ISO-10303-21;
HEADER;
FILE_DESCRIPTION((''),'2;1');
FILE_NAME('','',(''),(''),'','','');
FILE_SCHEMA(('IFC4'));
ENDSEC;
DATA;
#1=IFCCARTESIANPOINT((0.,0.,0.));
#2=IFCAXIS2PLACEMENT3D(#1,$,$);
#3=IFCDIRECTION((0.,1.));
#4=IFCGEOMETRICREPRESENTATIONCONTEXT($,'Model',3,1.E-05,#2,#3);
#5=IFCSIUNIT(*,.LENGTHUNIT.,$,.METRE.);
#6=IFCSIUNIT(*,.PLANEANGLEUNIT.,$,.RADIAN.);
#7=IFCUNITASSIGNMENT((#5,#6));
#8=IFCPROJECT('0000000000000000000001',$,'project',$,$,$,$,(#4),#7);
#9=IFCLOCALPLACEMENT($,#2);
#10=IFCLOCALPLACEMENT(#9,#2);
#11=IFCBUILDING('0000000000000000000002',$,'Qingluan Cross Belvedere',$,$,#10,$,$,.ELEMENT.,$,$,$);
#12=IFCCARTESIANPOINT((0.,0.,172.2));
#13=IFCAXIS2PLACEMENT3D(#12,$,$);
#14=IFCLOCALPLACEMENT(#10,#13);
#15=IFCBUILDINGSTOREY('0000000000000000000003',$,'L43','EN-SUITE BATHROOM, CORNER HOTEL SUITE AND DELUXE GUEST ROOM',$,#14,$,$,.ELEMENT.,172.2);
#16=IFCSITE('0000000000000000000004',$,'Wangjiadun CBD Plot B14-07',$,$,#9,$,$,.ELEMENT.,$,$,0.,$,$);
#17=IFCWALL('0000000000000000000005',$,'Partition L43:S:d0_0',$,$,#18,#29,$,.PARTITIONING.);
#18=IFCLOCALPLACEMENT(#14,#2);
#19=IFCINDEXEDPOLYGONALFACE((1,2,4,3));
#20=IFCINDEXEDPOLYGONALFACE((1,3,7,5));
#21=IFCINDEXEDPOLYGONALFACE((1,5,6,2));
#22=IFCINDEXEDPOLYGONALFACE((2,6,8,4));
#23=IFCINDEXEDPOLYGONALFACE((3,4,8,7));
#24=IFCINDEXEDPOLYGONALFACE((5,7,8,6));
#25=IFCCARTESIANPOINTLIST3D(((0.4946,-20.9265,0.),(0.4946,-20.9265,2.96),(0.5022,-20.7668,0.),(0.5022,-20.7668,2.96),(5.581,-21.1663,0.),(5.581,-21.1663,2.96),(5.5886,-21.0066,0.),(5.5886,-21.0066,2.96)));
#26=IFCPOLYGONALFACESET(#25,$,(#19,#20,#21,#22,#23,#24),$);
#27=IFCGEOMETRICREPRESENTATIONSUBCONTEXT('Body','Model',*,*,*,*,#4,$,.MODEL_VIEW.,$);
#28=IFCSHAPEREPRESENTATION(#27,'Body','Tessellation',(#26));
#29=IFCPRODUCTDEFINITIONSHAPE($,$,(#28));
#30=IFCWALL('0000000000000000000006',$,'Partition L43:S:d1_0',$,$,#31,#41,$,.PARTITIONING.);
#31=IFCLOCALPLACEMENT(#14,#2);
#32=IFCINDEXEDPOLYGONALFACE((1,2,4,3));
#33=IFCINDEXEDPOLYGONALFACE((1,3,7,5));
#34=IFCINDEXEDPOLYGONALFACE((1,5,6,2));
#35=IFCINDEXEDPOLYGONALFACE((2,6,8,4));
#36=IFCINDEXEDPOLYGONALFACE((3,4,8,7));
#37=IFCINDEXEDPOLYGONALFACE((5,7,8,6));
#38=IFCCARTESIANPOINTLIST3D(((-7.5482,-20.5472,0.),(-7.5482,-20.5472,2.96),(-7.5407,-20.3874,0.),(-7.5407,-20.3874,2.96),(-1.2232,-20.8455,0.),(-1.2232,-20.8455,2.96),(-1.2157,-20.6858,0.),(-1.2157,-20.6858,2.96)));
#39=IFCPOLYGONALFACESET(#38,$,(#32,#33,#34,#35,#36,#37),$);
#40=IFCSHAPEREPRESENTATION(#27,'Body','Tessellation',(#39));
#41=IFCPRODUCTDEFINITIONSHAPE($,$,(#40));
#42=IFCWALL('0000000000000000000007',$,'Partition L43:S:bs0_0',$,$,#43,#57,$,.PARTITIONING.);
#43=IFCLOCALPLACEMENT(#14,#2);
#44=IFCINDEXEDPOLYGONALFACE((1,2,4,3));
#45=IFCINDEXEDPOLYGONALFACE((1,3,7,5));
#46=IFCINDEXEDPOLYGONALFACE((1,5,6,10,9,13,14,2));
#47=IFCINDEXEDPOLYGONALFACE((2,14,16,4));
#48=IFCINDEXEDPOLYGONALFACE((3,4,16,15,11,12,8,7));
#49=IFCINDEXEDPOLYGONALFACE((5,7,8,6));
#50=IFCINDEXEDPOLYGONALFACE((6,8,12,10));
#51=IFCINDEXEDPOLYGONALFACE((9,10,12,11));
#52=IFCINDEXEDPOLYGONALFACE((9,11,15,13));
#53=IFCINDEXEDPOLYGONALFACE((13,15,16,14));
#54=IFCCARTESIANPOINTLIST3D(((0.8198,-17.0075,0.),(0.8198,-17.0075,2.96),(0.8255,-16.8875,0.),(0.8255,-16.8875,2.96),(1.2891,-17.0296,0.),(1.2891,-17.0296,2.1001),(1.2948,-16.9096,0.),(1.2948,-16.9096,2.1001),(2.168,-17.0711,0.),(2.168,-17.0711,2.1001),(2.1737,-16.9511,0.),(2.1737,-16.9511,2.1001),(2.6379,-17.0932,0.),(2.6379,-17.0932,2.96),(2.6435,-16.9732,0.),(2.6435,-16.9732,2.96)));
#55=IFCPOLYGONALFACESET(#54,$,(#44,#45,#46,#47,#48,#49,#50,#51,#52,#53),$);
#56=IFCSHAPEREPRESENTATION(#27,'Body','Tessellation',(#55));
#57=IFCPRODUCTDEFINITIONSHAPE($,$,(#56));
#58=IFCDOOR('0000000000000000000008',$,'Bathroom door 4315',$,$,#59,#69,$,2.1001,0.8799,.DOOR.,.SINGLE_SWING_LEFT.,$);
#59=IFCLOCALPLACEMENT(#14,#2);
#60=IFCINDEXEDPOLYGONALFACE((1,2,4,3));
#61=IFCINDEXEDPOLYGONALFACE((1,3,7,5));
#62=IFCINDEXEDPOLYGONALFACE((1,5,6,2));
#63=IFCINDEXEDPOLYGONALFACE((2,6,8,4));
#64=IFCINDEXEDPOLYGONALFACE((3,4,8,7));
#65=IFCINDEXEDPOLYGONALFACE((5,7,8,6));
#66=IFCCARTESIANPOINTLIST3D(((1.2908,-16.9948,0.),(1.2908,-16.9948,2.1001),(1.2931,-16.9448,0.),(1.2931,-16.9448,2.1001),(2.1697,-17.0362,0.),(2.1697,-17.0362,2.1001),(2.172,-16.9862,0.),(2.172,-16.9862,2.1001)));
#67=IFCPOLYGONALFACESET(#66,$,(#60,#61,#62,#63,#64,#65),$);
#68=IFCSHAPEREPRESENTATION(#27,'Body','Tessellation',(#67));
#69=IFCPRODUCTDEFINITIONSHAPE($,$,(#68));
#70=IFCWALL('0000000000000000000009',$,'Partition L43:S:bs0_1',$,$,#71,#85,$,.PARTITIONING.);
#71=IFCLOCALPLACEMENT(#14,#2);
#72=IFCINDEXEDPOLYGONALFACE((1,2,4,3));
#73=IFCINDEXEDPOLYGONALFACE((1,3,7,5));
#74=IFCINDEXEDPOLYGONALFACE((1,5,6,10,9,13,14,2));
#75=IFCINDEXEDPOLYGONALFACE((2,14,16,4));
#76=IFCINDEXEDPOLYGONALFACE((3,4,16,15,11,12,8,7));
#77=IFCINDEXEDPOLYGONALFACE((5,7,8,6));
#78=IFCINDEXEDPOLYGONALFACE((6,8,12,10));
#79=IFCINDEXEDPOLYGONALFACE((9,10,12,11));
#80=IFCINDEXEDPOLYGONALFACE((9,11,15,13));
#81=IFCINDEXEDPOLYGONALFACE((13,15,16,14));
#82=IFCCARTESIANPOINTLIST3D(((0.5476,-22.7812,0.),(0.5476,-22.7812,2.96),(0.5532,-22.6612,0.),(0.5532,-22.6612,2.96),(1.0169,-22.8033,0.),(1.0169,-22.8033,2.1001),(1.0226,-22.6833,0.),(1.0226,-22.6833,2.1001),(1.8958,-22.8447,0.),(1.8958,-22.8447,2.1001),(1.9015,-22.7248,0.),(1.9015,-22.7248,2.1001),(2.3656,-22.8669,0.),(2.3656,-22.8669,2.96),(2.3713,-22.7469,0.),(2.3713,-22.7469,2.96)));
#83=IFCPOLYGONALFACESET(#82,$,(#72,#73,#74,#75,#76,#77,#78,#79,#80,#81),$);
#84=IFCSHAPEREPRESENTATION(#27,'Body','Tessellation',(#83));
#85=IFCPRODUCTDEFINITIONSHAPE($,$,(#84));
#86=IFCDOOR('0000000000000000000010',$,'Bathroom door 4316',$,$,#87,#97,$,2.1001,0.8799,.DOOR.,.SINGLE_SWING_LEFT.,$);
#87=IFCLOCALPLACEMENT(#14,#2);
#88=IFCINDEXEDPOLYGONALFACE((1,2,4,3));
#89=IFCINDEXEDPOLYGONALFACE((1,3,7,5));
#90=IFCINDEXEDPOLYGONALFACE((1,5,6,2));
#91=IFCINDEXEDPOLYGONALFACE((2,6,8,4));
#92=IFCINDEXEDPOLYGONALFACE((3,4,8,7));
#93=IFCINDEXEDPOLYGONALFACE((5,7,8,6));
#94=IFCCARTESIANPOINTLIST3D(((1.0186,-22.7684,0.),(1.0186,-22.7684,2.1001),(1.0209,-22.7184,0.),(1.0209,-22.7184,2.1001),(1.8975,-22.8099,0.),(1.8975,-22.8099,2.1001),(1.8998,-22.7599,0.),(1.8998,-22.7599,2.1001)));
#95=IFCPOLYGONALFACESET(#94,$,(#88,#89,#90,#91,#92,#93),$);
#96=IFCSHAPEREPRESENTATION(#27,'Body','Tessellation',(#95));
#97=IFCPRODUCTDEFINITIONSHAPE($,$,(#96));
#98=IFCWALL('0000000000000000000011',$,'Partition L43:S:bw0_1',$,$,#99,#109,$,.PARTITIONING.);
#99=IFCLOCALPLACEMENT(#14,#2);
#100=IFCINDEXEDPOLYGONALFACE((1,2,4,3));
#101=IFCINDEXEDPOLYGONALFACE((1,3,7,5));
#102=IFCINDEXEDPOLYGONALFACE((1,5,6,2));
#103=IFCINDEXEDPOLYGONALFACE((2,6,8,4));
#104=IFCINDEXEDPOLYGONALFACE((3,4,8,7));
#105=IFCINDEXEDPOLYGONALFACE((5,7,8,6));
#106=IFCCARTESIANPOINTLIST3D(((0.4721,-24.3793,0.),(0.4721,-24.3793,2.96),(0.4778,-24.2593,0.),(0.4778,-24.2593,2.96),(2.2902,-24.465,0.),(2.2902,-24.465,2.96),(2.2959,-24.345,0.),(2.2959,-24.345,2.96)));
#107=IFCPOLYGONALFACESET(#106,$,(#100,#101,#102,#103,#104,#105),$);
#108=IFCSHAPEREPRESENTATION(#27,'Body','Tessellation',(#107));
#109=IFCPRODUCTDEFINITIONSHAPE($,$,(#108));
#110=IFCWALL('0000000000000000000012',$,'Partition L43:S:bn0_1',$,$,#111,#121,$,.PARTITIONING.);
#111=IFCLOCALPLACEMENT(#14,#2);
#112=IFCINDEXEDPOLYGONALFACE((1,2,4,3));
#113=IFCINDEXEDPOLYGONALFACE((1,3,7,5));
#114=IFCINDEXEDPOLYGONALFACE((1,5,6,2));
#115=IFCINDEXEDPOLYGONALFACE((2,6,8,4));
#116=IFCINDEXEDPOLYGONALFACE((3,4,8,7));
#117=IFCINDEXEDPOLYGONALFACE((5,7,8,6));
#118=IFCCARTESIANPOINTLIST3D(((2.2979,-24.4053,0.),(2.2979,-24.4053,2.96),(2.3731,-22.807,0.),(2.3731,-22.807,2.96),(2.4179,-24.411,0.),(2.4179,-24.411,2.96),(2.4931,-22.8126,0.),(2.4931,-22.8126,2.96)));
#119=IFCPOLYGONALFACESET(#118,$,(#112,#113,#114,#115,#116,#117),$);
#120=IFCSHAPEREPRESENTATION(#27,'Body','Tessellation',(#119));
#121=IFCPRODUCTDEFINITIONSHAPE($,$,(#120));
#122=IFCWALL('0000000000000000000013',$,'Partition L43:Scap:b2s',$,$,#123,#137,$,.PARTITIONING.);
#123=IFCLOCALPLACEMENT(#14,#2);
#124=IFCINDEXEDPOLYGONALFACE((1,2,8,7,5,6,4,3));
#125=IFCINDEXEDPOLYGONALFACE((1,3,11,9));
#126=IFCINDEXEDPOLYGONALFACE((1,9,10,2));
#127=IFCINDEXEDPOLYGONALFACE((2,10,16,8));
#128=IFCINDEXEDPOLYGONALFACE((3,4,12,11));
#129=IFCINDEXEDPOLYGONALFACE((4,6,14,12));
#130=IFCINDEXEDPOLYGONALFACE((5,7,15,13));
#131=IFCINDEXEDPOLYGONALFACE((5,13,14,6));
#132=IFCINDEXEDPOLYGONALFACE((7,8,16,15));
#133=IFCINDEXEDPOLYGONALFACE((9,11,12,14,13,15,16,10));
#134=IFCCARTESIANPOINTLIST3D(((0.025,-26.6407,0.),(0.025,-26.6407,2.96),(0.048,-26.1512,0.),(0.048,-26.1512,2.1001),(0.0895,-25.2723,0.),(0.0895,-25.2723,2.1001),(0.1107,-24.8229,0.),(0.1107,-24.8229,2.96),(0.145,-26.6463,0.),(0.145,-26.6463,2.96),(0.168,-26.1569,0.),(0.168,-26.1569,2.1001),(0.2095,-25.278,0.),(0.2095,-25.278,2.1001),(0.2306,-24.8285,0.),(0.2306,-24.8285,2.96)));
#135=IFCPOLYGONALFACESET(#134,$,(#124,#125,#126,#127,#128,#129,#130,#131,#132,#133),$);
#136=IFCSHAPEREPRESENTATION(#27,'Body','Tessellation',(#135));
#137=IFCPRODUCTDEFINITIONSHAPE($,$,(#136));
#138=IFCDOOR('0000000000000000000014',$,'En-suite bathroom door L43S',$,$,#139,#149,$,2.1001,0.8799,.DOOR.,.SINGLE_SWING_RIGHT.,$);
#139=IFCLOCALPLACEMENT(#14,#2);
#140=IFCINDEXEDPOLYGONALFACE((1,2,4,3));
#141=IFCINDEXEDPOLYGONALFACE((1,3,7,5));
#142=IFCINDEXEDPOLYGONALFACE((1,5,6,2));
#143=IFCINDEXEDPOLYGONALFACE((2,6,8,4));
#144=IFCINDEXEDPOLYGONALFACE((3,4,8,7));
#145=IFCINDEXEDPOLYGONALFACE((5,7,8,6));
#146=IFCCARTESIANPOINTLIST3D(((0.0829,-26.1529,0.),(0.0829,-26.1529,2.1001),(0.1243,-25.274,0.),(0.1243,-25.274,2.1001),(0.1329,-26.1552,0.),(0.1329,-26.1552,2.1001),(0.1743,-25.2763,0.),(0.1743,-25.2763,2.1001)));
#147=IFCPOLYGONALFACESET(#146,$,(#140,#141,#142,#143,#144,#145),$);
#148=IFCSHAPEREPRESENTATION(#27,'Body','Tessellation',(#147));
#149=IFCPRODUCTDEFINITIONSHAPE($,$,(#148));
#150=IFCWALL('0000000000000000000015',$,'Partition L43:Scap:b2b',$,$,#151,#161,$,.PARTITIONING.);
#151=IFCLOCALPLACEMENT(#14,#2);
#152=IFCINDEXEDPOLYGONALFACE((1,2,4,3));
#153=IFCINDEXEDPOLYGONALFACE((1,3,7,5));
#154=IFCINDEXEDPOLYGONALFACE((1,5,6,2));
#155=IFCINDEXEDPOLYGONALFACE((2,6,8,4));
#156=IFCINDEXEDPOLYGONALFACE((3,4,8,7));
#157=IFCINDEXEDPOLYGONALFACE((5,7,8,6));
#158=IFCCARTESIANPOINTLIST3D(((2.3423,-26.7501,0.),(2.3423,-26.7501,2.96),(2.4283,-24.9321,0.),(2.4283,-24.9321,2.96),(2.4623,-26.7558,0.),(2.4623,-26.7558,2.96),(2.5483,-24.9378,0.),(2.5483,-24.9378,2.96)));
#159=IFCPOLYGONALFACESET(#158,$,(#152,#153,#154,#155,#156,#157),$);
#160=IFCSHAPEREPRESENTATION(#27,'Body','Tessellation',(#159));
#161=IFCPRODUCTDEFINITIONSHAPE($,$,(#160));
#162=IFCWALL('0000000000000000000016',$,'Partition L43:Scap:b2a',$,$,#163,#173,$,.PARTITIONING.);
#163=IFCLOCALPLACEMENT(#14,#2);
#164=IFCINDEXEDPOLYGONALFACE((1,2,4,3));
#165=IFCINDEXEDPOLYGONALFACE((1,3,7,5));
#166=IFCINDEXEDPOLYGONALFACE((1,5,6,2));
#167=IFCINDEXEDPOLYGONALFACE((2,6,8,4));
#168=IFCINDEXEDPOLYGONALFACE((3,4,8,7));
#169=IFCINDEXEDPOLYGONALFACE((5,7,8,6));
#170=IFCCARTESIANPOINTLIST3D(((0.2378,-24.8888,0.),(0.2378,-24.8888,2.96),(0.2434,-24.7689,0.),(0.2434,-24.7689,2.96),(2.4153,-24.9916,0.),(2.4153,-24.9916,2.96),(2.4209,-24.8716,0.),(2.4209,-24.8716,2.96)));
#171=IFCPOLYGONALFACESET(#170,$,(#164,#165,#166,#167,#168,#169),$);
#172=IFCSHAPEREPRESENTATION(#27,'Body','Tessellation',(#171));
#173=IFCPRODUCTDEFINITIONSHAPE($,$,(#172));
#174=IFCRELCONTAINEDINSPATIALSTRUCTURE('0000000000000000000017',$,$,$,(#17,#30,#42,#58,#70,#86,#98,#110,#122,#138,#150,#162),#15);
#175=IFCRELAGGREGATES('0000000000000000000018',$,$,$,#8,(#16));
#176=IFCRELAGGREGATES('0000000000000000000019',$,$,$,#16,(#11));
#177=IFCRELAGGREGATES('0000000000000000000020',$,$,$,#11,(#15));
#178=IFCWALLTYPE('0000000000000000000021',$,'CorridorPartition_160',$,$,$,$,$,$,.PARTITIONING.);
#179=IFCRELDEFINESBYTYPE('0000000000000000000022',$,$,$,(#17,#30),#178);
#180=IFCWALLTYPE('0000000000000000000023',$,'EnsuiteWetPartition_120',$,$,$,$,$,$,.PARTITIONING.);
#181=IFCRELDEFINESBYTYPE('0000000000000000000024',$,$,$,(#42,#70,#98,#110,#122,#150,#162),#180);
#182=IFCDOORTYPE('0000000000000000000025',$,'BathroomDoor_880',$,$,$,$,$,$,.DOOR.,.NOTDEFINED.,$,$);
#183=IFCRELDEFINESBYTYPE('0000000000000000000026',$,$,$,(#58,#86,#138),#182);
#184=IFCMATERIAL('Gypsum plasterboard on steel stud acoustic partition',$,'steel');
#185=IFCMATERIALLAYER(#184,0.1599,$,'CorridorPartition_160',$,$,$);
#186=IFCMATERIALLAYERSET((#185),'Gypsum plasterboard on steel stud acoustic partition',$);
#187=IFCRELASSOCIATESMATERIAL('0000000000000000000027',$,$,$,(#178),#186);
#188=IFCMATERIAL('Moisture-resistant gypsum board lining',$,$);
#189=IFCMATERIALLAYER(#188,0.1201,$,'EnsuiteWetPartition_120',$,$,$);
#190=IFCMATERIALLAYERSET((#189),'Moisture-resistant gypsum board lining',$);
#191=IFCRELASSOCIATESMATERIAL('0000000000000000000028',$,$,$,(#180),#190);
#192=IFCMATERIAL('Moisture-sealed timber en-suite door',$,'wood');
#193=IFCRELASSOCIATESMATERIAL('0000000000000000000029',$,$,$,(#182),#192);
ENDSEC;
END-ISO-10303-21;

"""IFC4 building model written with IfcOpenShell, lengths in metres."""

from ifc_helpers import new_model, si_unit, direction, frame, frame_2d, origin, place, context, subcontext, project, spatial, rectangle, extrude, material, layer, layer_set, type_object, element, fill, save


model = new_model("IFC4")

# Units and contexts
model_context = context("Model", 3, precision=1e-05, world=origin(), true_north=direction((0.0, 1.0)))
body_context = subcontext(model_context, "Body", "Model", "MODEL_VIEW")
ifc_project = project(units=[si_unit("LENGTHUNIT", "METRE"), si_unit("PLANEANGLEUNIT", "RADIAN")], contexts=[model_context])

# Site, building, storey
site_placement = place(None, origin())
site = spatial("IfcSite", under=ifc_project, at=site_placement, Name="Wangjiadun CBD Plot B14-07", CompositionType="ELEMENT", RefElevation=0.0)
building_placement = place(site_placement, origin())
building = spatial("IfcBuilding", under=site, at=building_placement, Name="Qingluan Cross Belvedere", CompositionType="ELEMENT")
storey_placement = place(building_placement, frame((0.0, 0.0, 172.2)))
storey = spatial("IfcBuildingStorey", under=building, at=storey_placement, Name="L43", Description="EN-SUITE BATHROOM, CORNER HOTEL SUITE AND DELUXE GUEST ROOM", CompositionType="ELEMENT", Elevation=172.2)

# Walls
ifc_material_1 = material(Name="Gypsum plasterboard on steel stud acoustic partition", Category="steel")
ifc_layer_1 = layer(ifc_material_1, 0.1599, Name="CorridorPartition_160")
ifc_layer_set_1 = layer_set([ifc_layer_1], Name="Gypsum plasterboard on steel stud acoustic partition")
wall_type_1 = type_object("IfcWallType", Name="CorridorPartition_160", PredefinedType="PARTITIONING", material=ifc_layer_set_1)
wall_1_placement = place(storey_placement, frame((0.4985, -20.8467, 0.0), z_axis=(0.0, 0.0, 1.0), x_axis=(0.998891, -0.047082, 0.0)))
element("IfcWall", 1, at=wall_1_placement, inside=storey, type_object=wall_type_1, Name="Partition L43:S:d0_0", PredefinedType="PARTITIONING", context=body_context, shape_type="SweptSolid", body=[
    extrude(rectangle(XDim=5.092, YDim=0.1599, at=frame_2d((2.5459, 0.0))), origin(), (0.0, 0.0, 1.0), 2.96),
])
wall_2_placement = place(storey_placement, frame((-1.2195, -20.7656, 0.0), z_axis=(0.0, 0.0, 1.0), x_axis=(-0.998889, 0.047116, 0.0)))
element("IfcWall", 2, at=wall_2_placement, inside=storey, type_object=wall_type_1, Name="Partition L43:S:d1_0", PredefinedType="PARTITIONING", context=body_context, shape_type="SweptSolid", body=[
    extrude(rectangle(XDim=6.332, YDim=0.1599, at=frame_2d((3.166, 0.0))), origin(), (0.0, 0.0, 1.0), 2.96),
])

# Walls, openings, doors
ifc_material_2 = material(Name="Moisture-resistant gypsum board lining")
ifc_layer_2 = layer(ifc_material_2, 0.1201, Name="EnsuiteWetPartition_120")
ifc_layer_set_2 = layer_set([ifc_layer_2], Name="Moisture-resistant gypsum board lining")
wall_type_2 = type_object("IfcWallType", Name="EnsuiteWetPartition_120", PredefinedType="PARTITIONING", material=ifc_layer_set_2)
wall_3_placement = place(storey_placement, frame((0.8225, -16.9475, 0.0), z_axis=(0.0, 0.0, 1.0), x_axis=(0.998891, -0.047081, 0.0)))
wall_3 = element("IfcWall", 3, at=wall_3_placement, inside=storey, type_object=wall_type_2, Name="Partition L43:S:bs0_0", PredefinedType="PARTITIONING", context=body_context, shape_type="SweptSolid", body=[
    extrude(rectangle(XDim=1.8201, YDim=0.1201, at=frame_2d((0.9102, 0.0))), origin(), (0.0, 0.0, 1.0), 2.96),
])
opening_1_placement = place(wall_3_placement, frame((0.47, 0.0, 0.0)))
opening_1 = element("IfcOpeningElement", 4, at=opening_1_placement, cuts=wall_3, PredefinedType="OPENING", context=body_context, shape_type="SweptSolid", body=[
    extrude(rectangle(XDim=0.8799, YDim=2.1001, at=frame_2d((0.4399, 1.05))), frame((0.0, 0.0701, 0.0), z_axis=(0.0, -1.0, 0.0), x_axis=(1.0, 0.0, 0.0)), (0.0, 0.0, 1.0), 0.1401),
])
ifc_material_3 = material(Name="Moisture-sealed timber en-suite door", Category="wood")
door_type = type_object("IfcDoorType", Name="BathroomDoor_880", OperationType="NOTDEFINED", PredefinedType="DOOR", material=ifc_material_3)
door_1_placement = place(opening_1_placement, origin())
door_1 = element("IfcDoor", 5, at=door_1_placement, inside=storey, type_object=door_type, Name="Bathroom door 4315", OperationType="SINGLE_SWING_LEFT", OverallHeight=2.1001, OverallWidth=0.8799, PredefinedType="DOOR", context=body_context, shape_type="SweptSolid", body=[
    extrude(rectangle(XDim=0.8799, YDim=2.1001, at=frame_2d((0.4399, 1.05))), frame((0.0, 0.0249, 0.0), z_axis=(0.0, -1.0, 0.0), x_axis=(1.0, 0.0, 0.0)), (0.0, 0.0, 1.0), 0.05),
])
fill(opening_1, door_1)
wall_4_placement = place(storey_placement, frame((0.5503, -22.7212, 0.0), z_axis=(0.0, 0.0, 1.0), x_axis=(0.998891, -0.047081, 0.0)))
wall_4 = element("IfcWall", 6, at=wall_4_placement, inside=storey, type_object=wall_type_2, Name="Partition L43:S:bs0_1", PredefinedType="PARTITIONING", context=body_context, shape_type="SweptSolid", body=[
    extrude(rectangle(XDim=1.8201, YDim=0.1201, at=frame_2d((0.9102, 0.0))), origin(), (0.0, 0.0, 1.0), 2.96),
])
opening_2_placement = place(wall_4_placement, frame((0.47, 0.0, 0.0)))
opening_2 = element("IfcOpeningElement", 7, at=opening_2_placement, cuts=wall_4, PredefinedType="OPENING", context=body_context, shape_type="SweptSolid", body=[
    extrude(rectangle(XDim=0.8799, YDim=2.1001, at=frame_2d((0.4399, 1.05))), frame((0.0, 0.0701, 0.0), z_axis=(0.0, -1.0, 0.0), x_axis=(1.0, 0.0, 0.0)), (0.0, 0.0, 1.0), 0.1401),
])
door_2_placement = place(opening_2_placement, origin())
door_2 = element("IfcDoor", 8, at=door_2_placement, inside=storey, type_object=door_type, Name="Bathroom door 4316", OperationType="SINGLE_SWING_LEFT", OverallHeight=2.1001, OverallWidth=0.8799, PredefinedType="DOOR", context=body_context, shape_type="SweptSolid", body=[
    extrude(rectangle(XDim=0.8799, YDim=2.1001, at=frame_2d((0.4399, 1.05))), frame((0.0, 0.0249, 0.0), z_axis=(0.0, -1.0, 0.0), x_axis=(1.0, 0.0, 0.0)), (0.0, 0.0, 1.0), 0.05),
])
fill(opening_2, door_2)

# Walls
wall_5_placement = place(storey_placement, frame((0.4749, -24.3193, 0.0), z_axis=(0.0, 0.0, 1.0), x_axis=(0.998891, -0.047081, 0.0)))
element("IfcWall", 9, at=wall_5_placement, inside=storey, type_object=wall_type_2, Name="Partition L43:S:bw0_1", PredefinedType="PARTITIONING", context=body_context, shape_type="SweptSolid", body=[
    extrude(rectangle(XDim=1.8201, YDim=0.1201, at=frame_2d((0.9102, 0.0))), origin(), (0.0, 0.0, 1.0), 2.96),
])
wall_6_placement = place(storey_placement, frame((2.4331, -22.8098, 0.0), z_axis=(0.0, 0.0, 1.0), x_axis=(-0.046992, -0.998895, 0.0)))
element("IfcWall", 10, at=wall_6_placement, inside=storey, type_object=wall_type_2, Name="Partition L43:S:bn0_1", PredefinedType="PARTITIONING", context=body_context, shape_type="SweptSolid", body=[
    extrude(rectangle(XDim=1.6001, YDim=0.1201, at=frame_2d((0.8, 0.0))), origin(), (0.0, 0.0, 1.0), 2.96),
])

# Wall, opening, door
wall_7_placement = place(storey_placement, frame((0.1707, -24.8257, 0.0), z_axis=(0.0, 0.0, 1.0), x_axis=(-0.047087, -0.998891, 0.0)))
wall_7 = element("IfcWall", 11, at=wall_7_placement, inside=storey, type_object=wall_type_2, Name="Partition L43:Scap:b2s", PredefinedType="PARTITIONING", context=body_context, shape_type="SweptSolid", body=[
    extrude(rectangle(XDim=1.8198, YDim=0.1201, at=frame_2d((0.9099, 0.0))), origin(), (0.0, 0.0, 1.0), 2.96),
])
opening_3_placement = place(wall_7_placement, frame((0.45, 0.0, 0.0)))
opening_3 = element("IfcOpeningElement", 12, at=opening_3_placement, cuts=wall_7, PredefinedType="OPENING", context=body_context, shape_type="SweptSolid", body=[
    extrude(rectangle(XDim=0.8799, YDim=2.1001, at=frame_2d((0.4399, 1.05))), frame((0.0, 0.0701, 0.0), z_axis=(0.0, -1.0, 0.0), x_axis=(1.0, 0.0, 0.0)), (0.0, 0.0, 1.0), 0.1401),
])
door_3_placement = place(opening_3_placement, origin())
door_3 = element("IfcDoor", 13, at=door_3_placement, inside=storey, type_object=door_type, Name="En-suite bathroom door L43S", OperationType="SINGLE_SWING_RIGHT", OverallHeight=2.1001, OverallWidth=0.8799, PredefinedType="DOOR", context=body_context, shape_type="SweptSolid", body=[
    extrude(rectangle(XDim=0.8799, YDim=2.1001, at=frame_2d((0.4399, 1.05))), frame((0.0, 0.0249, 0.0), z_axis=(0.0, -1.0, 0.0), x_axis=(1.0, 0.0, 0.0)), (0.0, 0.0, 1.0), 0.05),
])
fill(opening_3, door_3)

# Walls
wall_8_placement = place(storey_placement, frame((2.4883, -24.9348, 0.0), z_axis=(0.0, 0.0, 1.0), x_axis=(-0.047215, -0.998885, 0.0)))
element("IfcWall", 14, at=wall_8_placement, inside=storey, type_object=wall_type_2, Name="Partition L43:Scap:b2b", PredefinedType="PARTITIONING", context=body_context, shape_type="SweptSolid", body=[
    extrude(rectangle(XDim=1.8201, YDim=0.1201, at=frame_2d((0.9102, 0.0))), origin(), (0.0, 0.0, 1.0), 2.96),
])
wall_9_placement = place(storey_placement, frame((0.2407, -24.8289, 0.0), z_axis=(0.0, 0.0, 1.0), x_axis=(0.998888, -0.04715, 0.0)))
element("IfcWall", 15, at=wall_9_placement, inside=storey, type_object=wall_type_2, Name="Partition L43:Scap:b2a", PredefinedType="PARTITIONING", context=body_context, shape_type="SweptSolid", body=[
    extrude(rectangle(XDim=2.1799, YDim=0.1201, at=frame_2d((1.0898, 0.0))), origin(), (0.0, 0.0, 1.0), 2.96),
])

save(model, "model.ifc")
